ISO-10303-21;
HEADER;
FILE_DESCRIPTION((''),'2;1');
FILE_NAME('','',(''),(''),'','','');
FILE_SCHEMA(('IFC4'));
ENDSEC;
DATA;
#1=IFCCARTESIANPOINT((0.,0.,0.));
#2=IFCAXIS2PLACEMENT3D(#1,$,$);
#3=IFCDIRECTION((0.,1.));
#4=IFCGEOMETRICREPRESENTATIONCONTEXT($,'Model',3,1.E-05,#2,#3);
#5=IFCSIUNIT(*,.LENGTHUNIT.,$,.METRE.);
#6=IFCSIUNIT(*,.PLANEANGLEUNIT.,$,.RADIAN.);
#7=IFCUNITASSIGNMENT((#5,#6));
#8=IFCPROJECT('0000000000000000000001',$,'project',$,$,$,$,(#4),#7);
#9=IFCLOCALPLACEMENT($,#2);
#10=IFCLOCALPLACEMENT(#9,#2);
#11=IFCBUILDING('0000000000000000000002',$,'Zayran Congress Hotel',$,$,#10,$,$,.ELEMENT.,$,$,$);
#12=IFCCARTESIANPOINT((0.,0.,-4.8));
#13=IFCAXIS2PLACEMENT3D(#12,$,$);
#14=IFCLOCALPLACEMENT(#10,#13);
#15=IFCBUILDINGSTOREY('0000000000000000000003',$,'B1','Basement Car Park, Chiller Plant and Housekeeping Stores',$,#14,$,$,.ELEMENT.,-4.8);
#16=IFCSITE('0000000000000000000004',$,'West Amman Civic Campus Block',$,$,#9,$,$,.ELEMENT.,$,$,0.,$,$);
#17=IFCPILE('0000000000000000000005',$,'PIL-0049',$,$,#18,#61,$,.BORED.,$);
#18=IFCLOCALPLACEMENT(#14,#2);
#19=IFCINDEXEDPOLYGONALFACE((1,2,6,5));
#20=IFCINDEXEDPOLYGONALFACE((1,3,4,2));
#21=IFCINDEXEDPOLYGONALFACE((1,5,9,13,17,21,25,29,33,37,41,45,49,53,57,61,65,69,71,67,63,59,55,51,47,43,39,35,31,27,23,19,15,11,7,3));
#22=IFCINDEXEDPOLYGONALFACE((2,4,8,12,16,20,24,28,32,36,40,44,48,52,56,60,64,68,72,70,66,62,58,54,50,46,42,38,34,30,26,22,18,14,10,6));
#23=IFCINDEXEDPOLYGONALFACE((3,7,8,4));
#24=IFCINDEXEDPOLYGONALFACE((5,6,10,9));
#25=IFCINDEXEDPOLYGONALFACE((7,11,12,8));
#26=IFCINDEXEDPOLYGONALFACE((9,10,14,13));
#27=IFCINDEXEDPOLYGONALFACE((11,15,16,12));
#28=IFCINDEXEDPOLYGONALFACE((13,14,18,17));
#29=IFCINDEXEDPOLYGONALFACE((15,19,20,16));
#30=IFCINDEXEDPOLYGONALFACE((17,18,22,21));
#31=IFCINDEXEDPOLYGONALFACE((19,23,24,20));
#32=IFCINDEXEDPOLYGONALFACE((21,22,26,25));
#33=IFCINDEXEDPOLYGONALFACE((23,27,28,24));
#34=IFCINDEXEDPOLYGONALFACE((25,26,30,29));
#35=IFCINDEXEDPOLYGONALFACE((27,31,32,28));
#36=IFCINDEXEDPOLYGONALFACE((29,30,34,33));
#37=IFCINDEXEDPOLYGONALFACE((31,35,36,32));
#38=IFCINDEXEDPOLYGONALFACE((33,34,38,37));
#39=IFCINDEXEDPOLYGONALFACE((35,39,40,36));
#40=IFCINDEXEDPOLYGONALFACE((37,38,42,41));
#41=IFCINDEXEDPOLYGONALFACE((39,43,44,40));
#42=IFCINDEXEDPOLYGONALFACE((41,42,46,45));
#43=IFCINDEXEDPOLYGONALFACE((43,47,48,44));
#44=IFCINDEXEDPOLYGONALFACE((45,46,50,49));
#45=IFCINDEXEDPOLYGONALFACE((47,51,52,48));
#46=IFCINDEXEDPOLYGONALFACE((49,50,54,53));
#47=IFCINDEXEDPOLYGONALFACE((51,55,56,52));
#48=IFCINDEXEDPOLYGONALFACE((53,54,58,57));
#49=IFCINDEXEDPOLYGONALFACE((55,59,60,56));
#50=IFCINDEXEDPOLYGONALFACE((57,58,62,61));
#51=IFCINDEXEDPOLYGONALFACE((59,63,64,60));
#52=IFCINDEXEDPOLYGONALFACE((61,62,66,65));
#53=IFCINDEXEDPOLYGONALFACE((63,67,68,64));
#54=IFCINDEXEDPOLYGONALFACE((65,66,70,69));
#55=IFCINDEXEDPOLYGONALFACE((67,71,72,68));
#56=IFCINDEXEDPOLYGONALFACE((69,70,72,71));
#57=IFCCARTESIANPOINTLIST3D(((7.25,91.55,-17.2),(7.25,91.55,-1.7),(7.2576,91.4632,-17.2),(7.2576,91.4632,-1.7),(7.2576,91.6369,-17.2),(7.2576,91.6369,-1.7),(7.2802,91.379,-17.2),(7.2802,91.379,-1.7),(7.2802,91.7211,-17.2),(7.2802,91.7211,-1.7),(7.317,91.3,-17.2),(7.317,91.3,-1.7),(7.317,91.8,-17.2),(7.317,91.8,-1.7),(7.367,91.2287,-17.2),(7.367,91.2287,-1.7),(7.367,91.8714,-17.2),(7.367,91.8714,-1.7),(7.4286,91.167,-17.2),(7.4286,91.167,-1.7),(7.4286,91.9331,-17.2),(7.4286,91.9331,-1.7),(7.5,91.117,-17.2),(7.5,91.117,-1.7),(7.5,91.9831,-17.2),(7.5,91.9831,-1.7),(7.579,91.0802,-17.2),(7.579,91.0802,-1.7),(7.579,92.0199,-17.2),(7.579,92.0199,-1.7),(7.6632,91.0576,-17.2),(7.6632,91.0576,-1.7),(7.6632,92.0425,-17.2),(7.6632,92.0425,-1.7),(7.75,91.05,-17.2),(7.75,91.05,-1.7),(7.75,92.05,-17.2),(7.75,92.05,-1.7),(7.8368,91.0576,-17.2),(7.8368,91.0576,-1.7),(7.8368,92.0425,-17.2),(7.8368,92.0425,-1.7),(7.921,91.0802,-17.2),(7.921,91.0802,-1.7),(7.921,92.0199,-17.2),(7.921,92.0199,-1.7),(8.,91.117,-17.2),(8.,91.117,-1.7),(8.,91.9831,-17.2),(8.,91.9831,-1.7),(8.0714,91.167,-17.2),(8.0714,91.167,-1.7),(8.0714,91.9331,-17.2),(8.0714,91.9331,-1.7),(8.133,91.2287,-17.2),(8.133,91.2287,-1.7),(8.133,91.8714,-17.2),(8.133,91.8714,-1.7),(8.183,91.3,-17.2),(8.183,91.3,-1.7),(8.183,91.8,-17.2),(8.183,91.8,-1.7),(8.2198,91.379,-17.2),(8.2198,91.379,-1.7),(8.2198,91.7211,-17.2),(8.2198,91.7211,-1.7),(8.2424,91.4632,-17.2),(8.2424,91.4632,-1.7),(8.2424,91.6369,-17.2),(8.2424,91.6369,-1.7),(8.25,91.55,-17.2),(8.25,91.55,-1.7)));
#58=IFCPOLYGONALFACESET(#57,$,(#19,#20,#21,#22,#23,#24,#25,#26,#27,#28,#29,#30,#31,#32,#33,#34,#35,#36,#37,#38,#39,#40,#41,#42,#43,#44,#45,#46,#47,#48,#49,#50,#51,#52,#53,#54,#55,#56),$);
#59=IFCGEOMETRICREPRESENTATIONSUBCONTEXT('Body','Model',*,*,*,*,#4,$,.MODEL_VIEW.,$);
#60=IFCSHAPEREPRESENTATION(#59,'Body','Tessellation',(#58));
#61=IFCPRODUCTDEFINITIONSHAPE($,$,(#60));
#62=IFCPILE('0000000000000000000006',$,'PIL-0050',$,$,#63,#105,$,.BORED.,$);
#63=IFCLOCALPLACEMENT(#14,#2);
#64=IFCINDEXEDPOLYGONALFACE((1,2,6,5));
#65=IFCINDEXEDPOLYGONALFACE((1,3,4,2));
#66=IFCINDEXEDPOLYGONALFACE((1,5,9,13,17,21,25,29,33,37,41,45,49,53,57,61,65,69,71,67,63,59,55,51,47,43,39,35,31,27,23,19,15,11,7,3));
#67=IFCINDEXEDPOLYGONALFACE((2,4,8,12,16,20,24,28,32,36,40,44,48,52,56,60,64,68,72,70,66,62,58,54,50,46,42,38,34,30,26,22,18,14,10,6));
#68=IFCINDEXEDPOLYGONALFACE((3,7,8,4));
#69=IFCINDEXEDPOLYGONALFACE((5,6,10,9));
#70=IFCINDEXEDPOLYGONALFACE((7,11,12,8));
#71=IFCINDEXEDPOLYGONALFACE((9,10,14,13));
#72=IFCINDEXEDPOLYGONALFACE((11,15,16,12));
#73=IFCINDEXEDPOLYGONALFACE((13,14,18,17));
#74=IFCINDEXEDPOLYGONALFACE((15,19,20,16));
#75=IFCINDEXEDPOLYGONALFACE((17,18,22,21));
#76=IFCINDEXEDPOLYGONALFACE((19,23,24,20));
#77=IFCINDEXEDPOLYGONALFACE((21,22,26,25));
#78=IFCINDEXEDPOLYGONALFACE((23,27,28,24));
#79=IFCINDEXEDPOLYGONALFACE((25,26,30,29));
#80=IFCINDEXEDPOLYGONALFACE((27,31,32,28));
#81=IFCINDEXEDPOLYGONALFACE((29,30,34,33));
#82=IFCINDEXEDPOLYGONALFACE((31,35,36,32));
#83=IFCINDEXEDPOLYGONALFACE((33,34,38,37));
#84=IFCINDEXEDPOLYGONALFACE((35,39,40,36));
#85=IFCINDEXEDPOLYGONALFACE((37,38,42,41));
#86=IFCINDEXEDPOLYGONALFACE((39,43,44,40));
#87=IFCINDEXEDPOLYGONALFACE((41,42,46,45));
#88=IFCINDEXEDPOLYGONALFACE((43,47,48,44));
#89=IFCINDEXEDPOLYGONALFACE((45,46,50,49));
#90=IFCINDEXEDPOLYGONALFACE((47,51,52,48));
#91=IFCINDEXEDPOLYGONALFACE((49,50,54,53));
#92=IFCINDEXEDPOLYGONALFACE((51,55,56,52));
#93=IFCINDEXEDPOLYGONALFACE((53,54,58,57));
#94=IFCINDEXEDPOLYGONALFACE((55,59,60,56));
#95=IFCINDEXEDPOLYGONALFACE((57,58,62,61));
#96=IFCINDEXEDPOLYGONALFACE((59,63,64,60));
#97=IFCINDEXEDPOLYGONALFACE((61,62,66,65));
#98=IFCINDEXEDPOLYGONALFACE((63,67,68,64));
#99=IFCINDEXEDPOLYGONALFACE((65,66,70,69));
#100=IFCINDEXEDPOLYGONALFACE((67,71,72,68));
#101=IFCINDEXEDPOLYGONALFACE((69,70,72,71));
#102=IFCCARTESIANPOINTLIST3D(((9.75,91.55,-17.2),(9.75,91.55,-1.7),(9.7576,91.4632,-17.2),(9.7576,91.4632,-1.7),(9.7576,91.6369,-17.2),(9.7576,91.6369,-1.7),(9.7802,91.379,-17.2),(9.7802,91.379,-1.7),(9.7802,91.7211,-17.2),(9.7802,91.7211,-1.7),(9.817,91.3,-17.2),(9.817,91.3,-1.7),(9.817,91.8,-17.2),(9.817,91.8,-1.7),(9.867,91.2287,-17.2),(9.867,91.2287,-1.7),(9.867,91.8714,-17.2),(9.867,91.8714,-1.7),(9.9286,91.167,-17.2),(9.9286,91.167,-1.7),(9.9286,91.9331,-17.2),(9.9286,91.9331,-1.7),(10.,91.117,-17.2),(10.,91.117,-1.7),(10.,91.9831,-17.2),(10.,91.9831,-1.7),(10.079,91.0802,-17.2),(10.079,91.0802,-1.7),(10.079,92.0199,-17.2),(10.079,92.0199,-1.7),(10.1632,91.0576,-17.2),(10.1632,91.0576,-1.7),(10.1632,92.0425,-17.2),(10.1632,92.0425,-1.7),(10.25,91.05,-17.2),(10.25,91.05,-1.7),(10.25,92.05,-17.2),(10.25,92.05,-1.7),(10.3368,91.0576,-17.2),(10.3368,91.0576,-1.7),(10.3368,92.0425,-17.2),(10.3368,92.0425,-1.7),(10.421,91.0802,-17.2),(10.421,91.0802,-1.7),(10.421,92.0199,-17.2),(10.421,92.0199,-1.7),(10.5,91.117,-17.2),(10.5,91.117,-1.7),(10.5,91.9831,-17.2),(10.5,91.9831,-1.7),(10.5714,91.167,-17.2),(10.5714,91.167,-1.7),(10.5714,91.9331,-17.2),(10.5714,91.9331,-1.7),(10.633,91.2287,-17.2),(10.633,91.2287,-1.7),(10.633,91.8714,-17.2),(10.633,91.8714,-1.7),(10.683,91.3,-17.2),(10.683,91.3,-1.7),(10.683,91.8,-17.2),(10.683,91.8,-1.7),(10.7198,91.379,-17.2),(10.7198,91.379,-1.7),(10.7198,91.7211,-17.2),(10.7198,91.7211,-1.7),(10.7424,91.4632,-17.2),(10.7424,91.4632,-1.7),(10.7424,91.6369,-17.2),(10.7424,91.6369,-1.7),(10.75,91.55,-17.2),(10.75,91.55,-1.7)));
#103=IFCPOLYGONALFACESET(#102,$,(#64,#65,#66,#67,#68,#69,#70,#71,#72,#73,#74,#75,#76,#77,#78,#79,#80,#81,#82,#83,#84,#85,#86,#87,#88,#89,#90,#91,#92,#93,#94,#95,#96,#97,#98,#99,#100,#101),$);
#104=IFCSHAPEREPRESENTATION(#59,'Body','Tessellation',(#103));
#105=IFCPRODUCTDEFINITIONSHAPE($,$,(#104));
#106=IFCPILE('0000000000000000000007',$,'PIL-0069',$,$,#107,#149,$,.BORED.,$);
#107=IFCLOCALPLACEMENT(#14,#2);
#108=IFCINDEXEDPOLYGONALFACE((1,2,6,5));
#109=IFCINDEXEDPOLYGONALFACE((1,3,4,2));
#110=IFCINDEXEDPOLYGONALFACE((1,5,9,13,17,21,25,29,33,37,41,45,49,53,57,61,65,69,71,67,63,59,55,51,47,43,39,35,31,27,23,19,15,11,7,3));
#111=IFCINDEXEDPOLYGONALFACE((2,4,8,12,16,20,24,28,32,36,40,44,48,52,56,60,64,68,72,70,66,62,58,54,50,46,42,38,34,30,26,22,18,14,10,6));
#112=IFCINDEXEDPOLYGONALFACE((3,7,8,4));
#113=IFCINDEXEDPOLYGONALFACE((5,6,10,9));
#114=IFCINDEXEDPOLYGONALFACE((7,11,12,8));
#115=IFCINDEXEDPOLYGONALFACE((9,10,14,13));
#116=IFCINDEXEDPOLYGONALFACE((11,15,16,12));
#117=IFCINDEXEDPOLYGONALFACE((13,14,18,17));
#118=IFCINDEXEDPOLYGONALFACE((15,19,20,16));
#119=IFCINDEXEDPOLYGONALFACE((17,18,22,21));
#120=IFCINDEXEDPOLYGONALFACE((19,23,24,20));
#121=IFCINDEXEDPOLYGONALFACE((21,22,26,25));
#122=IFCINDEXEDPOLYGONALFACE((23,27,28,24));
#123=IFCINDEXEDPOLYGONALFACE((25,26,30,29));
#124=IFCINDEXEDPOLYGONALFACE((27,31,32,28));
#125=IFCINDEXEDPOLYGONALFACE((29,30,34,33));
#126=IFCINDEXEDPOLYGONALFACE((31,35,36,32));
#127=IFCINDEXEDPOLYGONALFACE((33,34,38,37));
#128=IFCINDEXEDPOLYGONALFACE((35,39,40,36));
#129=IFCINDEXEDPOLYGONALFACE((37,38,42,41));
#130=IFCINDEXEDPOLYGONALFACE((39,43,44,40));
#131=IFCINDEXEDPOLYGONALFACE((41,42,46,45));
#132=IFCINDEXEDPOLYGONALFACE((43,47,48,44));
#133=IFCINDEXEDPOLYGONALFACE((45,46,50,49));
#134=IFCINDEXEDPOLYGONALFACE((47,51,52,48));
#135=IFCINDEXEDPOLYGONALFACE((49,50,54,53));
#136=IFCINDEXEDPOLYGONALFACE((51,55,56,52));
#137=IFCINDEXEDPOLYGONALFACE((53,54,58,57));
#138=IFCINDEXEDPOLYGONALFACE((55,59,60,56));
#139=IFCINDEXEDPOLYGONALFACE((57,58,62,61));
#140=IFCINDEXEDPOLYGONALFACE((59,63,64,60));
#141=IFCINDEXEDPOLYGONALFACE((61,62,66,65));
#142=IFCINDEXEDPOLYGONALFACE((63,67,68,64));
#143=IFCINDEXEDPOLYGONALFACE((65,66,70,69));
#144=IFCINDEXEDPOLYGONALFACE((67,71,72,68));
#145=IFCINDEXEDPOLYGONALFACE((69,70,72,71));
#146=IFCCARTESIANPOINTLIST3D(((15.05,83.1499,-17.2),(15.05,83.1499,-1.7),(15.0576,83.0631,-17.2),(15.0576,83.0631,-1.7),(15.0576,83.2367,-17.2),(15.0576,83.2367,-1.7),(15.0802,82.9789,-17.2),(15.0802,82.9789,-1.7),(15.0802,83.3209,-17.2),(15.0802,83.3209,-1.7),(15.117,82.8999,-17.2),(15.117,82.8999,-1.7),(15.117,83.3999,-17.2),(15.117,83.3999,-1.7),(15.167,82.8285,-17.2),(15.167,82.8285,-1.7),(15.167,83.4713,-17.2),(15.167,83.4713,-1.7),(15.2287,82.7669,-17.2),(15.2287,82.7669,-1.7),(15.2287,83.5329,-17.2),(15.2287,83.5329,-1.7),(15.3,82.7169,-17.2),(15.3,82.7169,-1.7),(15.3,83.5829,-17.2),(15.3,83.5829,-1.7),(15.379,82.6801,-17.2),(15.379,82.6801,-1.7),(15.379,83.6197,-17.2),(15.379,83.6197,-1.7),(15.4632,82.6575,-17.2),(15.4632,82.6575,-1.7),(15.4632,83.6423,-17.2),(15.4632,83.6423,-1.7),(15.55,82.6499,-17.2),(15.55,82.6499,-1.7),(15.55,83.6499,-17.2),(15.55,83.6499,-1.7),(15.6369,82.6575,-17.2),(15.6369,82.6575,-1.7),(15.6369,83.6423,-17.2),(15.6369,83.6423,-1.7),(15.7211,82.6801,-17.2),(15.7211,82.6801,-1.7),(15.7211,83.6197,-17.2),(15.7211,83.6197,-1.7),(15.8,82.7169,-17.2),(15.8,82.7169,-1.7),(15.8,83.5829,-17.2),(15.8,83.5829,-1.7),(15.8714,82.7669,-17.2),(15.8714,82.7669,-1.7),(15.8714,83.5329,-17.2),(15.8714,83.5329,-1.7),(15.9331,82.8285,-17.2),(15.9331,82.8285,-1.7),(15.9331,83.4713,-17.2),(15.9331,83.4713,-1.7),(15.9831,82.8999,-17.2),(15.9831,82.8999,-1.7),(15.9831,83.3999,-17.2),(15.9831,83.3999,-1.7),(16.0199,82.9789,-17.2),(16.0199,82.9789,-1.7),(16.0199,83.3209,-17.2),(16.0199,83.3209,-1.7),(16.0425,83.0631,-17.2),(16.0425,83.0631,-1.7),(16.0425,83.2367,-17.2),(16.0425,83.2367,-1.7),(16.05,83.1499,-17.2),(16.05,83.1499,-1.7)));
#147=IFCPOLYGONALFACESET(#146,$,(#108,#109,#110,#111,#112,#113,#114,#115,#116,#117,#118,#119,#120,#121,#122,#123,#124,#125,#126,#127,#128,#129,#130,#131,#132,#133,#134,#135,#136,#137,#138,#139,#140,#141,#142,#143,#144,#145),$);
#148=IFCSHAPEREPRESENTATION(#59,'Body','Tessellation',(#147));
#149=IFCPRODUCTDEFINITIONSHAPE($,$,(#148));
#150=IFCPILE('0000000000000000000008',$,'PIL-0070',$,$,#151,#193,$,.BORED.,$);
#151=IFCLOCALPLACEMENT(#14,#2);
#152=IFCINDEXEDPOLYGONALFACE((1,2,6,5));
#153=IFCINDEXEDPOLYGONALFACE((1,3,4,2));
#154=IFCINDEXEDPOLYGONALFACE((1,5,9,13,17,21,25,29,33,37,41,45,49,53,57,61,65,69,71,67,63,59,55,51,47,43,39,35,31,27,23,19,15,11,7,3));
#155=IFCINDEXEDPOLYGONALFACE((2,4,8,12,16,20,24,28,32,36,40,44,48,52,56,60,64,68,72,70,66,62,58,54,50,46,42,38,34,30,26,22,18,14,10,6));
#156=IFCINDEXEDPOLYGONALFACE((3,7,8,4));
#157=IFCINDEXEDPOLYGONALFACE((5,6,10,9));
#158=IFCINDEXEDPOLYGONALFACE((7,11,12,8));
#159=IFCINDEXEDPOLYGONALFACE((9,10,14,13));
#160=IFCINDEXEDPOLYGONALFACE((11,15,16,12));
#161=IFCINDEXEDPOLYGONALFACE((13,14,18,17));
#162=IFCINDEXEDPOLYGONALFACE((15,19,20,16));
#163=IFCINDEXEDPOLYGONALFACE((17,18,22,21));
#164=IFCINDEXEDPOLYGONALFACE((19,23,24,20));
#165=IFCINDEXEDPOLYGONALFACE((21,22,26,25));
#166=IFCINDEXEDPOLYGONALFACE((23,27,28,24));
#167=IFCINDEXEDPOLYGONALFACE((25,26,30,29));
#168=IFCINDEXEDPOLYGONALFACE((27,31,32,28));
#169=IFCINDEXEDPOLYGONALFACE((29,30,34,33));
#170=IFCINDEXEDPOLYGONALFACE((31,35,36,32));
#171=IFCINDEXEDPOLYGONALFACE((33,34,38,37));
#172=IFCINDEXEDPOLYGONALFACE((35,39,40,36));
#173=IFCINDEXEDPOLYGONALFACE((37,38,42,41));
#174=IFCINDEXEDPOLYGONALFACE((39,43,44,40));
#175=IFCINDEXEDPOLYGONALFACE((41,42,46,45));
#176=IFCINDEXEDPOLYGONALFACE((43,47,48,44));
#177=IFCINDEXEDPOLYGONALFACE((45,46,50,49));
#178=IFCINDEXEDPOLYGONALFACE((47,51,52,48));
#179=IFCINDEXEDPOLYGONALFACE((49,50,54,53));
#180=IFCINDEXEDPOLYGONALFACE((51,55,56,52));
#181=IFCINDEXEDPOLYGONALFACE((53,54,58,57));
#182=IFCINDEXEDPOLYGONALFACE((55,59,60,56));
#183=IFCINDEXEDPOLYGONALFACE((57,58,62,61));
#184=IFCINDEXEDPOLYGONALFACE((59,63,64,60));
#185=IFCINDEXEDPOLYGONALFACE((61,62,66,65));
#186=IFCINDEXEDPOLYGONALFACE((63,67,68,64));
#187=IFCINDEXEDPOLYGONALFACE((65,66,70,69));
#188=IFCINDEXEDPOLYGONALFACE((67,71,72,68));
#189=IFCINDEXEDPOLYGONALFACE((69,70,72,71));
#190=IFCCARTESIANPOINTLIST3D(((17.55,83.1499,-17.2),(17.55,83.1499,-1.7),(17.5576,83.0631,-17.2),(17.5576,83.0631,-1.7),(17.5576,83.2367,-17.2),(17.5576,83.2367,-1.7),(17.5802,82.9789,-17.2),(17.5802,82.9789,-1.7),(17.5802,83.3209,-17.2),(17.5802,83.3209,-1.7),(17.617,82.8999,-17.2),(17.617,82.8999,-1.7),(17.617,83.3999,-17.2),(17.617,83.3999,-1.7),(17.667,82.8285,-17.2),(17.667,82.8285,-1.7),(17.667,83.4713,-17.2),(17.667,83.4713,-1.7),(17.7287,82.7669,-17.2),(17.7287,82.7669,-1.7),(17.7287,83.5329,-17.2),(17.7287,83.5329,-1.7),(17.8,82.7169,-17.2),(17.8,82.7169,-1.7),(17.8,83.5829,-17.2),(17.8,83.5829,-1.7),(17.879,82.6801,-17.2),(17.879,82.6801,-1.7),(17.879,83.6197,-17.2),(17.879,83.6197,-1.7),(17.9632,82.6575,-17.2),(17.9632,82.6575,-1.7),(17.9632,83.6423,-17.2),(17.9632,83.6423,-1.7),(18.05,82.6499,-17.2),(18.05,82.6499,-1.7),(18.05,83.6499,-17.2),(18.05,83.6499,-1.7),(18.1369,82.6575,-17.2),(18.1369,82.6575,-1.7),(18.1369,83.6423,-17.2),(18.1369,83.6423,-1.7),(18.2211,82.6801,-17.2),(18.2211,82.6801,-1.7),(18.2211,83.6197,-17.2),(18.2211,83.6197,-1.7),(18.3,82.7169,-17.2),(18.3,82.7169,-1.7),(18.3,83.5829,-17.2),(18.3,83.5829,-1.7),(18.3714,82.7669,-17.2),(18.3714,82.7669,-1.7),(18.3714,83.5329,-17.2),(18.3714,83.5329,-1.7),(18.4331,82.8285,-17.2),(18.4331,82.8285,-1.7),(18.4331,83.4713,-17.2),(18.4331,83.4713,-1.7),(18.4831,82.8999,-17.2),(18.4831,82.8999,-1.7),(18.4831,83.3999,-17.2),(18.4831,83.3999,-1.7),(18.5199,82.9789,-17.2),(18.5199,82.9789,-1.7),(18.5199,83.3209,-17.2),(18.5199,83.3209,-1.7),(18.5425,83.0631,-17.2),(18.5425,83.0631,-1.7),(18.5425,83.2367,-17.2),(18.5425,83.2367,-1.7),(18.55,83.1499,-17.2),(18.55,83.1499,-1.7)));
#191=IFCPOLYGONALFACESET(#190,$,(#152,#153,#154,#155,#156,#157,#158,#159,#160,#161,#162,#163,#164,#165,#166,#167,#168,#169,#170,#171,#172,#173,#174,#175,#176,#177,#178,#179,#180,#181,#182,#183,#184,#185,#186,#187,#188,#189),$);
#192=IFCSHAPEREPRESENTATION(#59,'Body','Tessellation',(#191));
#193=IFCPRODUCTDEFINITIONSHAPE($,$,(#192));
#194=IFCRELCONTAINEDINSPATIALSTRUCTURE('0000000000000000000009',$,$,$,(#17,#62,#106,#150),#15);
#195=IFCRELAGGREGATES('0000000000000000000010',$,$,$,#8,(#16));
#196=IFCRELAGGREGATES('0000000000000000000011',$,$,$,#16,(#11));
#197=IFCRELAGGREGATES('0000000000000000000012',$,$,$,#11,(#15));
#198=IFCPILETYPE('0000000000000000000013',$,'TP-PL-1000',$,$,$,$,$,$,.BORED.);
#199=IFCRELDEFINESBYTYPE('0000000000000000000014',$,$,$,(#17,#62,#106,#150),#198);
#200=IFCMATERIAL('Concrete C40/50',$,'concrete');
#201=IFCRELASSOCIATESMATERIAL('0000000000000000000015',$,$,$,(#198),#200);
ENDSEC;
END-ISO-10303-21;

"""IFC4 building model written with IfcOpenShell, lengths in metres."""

from ifc_helpers import new_model, si_unit, direction, frame, origin, origin_2d, place, context, subcontext, project, spatial, circle, extrude, material, material_profile, profile_set, type_object, element, save


model = new_model("IFC4")

# Units and contexts
model_context = context("Model", 3, precision=1e-05, world=origin(), true_north=direction((0.0, 1.0)))
body_context = subcontext(model_context, "Body", "Model", "MODEL_VIEW")
ifc_project = project(units=[si_unit("LENGTHUNIT", "METRE"), si_unit("PLANEANGLEUNIT", "RADIAN")], contexts=[model_context])

# Site, building, storey
site_placement = place(None, origin())
site = spatial("IfcSite", under=ifc_project, at=site_placement, Name="West Amman Civic Campus Block", CompositionType="ELEMENT", RefElevation=0.0)
building_placement = place(site_placement, origin())
building = spatial("IfcBuilding", under=site, at=building_placement, Name="Zayran Congress Hotel", CompositionType="ELEMENT")
storey_placement = place(building_placement, frame((0.0, 0.0, -4.8)))
storey = spatial("IfcBuildingStorey", under=building, at=storey_placement, Name="B1", Description="Basement Car Park, Chiller Plant and Housekeeping Stores", CompositionType="ELEMENT", Elevation=-4.8)

# Piles
ifc_material = material(Name="Concrete C40/50", Category="concrete")
ifc_material_profile_1 = material_profile(ifc_material, circle(Radius=0.5, at=origin_2d()), Name="PILE D1000")
ifc_profile_set_1 = profile_set([ifc_material_profile_1], Name="Concrete C40/50")
pile_type = type_object("IfcPileType", Name="TP-PL-1000", PredefinedType="BORED", material=ifc_profile_set_1)
for number, where, z_axis, x_axis, name in (
    (1, (7.75, 91.55, -1.7), (0.0, 0.0, -1.0), (1.0, 0.0, 0.0), "PIL-0049"),
    (2, (10.25, 91.55, -1.7), (0.0, 0.0, -1.0), (1.0, 0.0, 0.0), "PIL-0050"),
    (3, (15.55, 83.1499, -1.7), (0.0, 0.0, -1.0), (1.0, 0.0, 0.0), "PIL-0069"),
    (4, (18.05, 83.1499, -1.7), (0.0, 0.0, -1.0), (1.0, 0.0, 0.0), "PIL-0070"),
):
    element("IfcPile", number, at=place(storey_placement, frame(where, z_axis=z_axis, x_axis=x_axis)), inside=storey, type_object=pile_type, Name=name, PredefinedType="BORED", context=body_context, shape_type="SweptSolid", body=[
        extrude(circle(Radius=0.5, at=origin_2d()), origin(), (0.0, 0.0, 1.0), 15.5),
    ])

save(model, "model.ifc")
